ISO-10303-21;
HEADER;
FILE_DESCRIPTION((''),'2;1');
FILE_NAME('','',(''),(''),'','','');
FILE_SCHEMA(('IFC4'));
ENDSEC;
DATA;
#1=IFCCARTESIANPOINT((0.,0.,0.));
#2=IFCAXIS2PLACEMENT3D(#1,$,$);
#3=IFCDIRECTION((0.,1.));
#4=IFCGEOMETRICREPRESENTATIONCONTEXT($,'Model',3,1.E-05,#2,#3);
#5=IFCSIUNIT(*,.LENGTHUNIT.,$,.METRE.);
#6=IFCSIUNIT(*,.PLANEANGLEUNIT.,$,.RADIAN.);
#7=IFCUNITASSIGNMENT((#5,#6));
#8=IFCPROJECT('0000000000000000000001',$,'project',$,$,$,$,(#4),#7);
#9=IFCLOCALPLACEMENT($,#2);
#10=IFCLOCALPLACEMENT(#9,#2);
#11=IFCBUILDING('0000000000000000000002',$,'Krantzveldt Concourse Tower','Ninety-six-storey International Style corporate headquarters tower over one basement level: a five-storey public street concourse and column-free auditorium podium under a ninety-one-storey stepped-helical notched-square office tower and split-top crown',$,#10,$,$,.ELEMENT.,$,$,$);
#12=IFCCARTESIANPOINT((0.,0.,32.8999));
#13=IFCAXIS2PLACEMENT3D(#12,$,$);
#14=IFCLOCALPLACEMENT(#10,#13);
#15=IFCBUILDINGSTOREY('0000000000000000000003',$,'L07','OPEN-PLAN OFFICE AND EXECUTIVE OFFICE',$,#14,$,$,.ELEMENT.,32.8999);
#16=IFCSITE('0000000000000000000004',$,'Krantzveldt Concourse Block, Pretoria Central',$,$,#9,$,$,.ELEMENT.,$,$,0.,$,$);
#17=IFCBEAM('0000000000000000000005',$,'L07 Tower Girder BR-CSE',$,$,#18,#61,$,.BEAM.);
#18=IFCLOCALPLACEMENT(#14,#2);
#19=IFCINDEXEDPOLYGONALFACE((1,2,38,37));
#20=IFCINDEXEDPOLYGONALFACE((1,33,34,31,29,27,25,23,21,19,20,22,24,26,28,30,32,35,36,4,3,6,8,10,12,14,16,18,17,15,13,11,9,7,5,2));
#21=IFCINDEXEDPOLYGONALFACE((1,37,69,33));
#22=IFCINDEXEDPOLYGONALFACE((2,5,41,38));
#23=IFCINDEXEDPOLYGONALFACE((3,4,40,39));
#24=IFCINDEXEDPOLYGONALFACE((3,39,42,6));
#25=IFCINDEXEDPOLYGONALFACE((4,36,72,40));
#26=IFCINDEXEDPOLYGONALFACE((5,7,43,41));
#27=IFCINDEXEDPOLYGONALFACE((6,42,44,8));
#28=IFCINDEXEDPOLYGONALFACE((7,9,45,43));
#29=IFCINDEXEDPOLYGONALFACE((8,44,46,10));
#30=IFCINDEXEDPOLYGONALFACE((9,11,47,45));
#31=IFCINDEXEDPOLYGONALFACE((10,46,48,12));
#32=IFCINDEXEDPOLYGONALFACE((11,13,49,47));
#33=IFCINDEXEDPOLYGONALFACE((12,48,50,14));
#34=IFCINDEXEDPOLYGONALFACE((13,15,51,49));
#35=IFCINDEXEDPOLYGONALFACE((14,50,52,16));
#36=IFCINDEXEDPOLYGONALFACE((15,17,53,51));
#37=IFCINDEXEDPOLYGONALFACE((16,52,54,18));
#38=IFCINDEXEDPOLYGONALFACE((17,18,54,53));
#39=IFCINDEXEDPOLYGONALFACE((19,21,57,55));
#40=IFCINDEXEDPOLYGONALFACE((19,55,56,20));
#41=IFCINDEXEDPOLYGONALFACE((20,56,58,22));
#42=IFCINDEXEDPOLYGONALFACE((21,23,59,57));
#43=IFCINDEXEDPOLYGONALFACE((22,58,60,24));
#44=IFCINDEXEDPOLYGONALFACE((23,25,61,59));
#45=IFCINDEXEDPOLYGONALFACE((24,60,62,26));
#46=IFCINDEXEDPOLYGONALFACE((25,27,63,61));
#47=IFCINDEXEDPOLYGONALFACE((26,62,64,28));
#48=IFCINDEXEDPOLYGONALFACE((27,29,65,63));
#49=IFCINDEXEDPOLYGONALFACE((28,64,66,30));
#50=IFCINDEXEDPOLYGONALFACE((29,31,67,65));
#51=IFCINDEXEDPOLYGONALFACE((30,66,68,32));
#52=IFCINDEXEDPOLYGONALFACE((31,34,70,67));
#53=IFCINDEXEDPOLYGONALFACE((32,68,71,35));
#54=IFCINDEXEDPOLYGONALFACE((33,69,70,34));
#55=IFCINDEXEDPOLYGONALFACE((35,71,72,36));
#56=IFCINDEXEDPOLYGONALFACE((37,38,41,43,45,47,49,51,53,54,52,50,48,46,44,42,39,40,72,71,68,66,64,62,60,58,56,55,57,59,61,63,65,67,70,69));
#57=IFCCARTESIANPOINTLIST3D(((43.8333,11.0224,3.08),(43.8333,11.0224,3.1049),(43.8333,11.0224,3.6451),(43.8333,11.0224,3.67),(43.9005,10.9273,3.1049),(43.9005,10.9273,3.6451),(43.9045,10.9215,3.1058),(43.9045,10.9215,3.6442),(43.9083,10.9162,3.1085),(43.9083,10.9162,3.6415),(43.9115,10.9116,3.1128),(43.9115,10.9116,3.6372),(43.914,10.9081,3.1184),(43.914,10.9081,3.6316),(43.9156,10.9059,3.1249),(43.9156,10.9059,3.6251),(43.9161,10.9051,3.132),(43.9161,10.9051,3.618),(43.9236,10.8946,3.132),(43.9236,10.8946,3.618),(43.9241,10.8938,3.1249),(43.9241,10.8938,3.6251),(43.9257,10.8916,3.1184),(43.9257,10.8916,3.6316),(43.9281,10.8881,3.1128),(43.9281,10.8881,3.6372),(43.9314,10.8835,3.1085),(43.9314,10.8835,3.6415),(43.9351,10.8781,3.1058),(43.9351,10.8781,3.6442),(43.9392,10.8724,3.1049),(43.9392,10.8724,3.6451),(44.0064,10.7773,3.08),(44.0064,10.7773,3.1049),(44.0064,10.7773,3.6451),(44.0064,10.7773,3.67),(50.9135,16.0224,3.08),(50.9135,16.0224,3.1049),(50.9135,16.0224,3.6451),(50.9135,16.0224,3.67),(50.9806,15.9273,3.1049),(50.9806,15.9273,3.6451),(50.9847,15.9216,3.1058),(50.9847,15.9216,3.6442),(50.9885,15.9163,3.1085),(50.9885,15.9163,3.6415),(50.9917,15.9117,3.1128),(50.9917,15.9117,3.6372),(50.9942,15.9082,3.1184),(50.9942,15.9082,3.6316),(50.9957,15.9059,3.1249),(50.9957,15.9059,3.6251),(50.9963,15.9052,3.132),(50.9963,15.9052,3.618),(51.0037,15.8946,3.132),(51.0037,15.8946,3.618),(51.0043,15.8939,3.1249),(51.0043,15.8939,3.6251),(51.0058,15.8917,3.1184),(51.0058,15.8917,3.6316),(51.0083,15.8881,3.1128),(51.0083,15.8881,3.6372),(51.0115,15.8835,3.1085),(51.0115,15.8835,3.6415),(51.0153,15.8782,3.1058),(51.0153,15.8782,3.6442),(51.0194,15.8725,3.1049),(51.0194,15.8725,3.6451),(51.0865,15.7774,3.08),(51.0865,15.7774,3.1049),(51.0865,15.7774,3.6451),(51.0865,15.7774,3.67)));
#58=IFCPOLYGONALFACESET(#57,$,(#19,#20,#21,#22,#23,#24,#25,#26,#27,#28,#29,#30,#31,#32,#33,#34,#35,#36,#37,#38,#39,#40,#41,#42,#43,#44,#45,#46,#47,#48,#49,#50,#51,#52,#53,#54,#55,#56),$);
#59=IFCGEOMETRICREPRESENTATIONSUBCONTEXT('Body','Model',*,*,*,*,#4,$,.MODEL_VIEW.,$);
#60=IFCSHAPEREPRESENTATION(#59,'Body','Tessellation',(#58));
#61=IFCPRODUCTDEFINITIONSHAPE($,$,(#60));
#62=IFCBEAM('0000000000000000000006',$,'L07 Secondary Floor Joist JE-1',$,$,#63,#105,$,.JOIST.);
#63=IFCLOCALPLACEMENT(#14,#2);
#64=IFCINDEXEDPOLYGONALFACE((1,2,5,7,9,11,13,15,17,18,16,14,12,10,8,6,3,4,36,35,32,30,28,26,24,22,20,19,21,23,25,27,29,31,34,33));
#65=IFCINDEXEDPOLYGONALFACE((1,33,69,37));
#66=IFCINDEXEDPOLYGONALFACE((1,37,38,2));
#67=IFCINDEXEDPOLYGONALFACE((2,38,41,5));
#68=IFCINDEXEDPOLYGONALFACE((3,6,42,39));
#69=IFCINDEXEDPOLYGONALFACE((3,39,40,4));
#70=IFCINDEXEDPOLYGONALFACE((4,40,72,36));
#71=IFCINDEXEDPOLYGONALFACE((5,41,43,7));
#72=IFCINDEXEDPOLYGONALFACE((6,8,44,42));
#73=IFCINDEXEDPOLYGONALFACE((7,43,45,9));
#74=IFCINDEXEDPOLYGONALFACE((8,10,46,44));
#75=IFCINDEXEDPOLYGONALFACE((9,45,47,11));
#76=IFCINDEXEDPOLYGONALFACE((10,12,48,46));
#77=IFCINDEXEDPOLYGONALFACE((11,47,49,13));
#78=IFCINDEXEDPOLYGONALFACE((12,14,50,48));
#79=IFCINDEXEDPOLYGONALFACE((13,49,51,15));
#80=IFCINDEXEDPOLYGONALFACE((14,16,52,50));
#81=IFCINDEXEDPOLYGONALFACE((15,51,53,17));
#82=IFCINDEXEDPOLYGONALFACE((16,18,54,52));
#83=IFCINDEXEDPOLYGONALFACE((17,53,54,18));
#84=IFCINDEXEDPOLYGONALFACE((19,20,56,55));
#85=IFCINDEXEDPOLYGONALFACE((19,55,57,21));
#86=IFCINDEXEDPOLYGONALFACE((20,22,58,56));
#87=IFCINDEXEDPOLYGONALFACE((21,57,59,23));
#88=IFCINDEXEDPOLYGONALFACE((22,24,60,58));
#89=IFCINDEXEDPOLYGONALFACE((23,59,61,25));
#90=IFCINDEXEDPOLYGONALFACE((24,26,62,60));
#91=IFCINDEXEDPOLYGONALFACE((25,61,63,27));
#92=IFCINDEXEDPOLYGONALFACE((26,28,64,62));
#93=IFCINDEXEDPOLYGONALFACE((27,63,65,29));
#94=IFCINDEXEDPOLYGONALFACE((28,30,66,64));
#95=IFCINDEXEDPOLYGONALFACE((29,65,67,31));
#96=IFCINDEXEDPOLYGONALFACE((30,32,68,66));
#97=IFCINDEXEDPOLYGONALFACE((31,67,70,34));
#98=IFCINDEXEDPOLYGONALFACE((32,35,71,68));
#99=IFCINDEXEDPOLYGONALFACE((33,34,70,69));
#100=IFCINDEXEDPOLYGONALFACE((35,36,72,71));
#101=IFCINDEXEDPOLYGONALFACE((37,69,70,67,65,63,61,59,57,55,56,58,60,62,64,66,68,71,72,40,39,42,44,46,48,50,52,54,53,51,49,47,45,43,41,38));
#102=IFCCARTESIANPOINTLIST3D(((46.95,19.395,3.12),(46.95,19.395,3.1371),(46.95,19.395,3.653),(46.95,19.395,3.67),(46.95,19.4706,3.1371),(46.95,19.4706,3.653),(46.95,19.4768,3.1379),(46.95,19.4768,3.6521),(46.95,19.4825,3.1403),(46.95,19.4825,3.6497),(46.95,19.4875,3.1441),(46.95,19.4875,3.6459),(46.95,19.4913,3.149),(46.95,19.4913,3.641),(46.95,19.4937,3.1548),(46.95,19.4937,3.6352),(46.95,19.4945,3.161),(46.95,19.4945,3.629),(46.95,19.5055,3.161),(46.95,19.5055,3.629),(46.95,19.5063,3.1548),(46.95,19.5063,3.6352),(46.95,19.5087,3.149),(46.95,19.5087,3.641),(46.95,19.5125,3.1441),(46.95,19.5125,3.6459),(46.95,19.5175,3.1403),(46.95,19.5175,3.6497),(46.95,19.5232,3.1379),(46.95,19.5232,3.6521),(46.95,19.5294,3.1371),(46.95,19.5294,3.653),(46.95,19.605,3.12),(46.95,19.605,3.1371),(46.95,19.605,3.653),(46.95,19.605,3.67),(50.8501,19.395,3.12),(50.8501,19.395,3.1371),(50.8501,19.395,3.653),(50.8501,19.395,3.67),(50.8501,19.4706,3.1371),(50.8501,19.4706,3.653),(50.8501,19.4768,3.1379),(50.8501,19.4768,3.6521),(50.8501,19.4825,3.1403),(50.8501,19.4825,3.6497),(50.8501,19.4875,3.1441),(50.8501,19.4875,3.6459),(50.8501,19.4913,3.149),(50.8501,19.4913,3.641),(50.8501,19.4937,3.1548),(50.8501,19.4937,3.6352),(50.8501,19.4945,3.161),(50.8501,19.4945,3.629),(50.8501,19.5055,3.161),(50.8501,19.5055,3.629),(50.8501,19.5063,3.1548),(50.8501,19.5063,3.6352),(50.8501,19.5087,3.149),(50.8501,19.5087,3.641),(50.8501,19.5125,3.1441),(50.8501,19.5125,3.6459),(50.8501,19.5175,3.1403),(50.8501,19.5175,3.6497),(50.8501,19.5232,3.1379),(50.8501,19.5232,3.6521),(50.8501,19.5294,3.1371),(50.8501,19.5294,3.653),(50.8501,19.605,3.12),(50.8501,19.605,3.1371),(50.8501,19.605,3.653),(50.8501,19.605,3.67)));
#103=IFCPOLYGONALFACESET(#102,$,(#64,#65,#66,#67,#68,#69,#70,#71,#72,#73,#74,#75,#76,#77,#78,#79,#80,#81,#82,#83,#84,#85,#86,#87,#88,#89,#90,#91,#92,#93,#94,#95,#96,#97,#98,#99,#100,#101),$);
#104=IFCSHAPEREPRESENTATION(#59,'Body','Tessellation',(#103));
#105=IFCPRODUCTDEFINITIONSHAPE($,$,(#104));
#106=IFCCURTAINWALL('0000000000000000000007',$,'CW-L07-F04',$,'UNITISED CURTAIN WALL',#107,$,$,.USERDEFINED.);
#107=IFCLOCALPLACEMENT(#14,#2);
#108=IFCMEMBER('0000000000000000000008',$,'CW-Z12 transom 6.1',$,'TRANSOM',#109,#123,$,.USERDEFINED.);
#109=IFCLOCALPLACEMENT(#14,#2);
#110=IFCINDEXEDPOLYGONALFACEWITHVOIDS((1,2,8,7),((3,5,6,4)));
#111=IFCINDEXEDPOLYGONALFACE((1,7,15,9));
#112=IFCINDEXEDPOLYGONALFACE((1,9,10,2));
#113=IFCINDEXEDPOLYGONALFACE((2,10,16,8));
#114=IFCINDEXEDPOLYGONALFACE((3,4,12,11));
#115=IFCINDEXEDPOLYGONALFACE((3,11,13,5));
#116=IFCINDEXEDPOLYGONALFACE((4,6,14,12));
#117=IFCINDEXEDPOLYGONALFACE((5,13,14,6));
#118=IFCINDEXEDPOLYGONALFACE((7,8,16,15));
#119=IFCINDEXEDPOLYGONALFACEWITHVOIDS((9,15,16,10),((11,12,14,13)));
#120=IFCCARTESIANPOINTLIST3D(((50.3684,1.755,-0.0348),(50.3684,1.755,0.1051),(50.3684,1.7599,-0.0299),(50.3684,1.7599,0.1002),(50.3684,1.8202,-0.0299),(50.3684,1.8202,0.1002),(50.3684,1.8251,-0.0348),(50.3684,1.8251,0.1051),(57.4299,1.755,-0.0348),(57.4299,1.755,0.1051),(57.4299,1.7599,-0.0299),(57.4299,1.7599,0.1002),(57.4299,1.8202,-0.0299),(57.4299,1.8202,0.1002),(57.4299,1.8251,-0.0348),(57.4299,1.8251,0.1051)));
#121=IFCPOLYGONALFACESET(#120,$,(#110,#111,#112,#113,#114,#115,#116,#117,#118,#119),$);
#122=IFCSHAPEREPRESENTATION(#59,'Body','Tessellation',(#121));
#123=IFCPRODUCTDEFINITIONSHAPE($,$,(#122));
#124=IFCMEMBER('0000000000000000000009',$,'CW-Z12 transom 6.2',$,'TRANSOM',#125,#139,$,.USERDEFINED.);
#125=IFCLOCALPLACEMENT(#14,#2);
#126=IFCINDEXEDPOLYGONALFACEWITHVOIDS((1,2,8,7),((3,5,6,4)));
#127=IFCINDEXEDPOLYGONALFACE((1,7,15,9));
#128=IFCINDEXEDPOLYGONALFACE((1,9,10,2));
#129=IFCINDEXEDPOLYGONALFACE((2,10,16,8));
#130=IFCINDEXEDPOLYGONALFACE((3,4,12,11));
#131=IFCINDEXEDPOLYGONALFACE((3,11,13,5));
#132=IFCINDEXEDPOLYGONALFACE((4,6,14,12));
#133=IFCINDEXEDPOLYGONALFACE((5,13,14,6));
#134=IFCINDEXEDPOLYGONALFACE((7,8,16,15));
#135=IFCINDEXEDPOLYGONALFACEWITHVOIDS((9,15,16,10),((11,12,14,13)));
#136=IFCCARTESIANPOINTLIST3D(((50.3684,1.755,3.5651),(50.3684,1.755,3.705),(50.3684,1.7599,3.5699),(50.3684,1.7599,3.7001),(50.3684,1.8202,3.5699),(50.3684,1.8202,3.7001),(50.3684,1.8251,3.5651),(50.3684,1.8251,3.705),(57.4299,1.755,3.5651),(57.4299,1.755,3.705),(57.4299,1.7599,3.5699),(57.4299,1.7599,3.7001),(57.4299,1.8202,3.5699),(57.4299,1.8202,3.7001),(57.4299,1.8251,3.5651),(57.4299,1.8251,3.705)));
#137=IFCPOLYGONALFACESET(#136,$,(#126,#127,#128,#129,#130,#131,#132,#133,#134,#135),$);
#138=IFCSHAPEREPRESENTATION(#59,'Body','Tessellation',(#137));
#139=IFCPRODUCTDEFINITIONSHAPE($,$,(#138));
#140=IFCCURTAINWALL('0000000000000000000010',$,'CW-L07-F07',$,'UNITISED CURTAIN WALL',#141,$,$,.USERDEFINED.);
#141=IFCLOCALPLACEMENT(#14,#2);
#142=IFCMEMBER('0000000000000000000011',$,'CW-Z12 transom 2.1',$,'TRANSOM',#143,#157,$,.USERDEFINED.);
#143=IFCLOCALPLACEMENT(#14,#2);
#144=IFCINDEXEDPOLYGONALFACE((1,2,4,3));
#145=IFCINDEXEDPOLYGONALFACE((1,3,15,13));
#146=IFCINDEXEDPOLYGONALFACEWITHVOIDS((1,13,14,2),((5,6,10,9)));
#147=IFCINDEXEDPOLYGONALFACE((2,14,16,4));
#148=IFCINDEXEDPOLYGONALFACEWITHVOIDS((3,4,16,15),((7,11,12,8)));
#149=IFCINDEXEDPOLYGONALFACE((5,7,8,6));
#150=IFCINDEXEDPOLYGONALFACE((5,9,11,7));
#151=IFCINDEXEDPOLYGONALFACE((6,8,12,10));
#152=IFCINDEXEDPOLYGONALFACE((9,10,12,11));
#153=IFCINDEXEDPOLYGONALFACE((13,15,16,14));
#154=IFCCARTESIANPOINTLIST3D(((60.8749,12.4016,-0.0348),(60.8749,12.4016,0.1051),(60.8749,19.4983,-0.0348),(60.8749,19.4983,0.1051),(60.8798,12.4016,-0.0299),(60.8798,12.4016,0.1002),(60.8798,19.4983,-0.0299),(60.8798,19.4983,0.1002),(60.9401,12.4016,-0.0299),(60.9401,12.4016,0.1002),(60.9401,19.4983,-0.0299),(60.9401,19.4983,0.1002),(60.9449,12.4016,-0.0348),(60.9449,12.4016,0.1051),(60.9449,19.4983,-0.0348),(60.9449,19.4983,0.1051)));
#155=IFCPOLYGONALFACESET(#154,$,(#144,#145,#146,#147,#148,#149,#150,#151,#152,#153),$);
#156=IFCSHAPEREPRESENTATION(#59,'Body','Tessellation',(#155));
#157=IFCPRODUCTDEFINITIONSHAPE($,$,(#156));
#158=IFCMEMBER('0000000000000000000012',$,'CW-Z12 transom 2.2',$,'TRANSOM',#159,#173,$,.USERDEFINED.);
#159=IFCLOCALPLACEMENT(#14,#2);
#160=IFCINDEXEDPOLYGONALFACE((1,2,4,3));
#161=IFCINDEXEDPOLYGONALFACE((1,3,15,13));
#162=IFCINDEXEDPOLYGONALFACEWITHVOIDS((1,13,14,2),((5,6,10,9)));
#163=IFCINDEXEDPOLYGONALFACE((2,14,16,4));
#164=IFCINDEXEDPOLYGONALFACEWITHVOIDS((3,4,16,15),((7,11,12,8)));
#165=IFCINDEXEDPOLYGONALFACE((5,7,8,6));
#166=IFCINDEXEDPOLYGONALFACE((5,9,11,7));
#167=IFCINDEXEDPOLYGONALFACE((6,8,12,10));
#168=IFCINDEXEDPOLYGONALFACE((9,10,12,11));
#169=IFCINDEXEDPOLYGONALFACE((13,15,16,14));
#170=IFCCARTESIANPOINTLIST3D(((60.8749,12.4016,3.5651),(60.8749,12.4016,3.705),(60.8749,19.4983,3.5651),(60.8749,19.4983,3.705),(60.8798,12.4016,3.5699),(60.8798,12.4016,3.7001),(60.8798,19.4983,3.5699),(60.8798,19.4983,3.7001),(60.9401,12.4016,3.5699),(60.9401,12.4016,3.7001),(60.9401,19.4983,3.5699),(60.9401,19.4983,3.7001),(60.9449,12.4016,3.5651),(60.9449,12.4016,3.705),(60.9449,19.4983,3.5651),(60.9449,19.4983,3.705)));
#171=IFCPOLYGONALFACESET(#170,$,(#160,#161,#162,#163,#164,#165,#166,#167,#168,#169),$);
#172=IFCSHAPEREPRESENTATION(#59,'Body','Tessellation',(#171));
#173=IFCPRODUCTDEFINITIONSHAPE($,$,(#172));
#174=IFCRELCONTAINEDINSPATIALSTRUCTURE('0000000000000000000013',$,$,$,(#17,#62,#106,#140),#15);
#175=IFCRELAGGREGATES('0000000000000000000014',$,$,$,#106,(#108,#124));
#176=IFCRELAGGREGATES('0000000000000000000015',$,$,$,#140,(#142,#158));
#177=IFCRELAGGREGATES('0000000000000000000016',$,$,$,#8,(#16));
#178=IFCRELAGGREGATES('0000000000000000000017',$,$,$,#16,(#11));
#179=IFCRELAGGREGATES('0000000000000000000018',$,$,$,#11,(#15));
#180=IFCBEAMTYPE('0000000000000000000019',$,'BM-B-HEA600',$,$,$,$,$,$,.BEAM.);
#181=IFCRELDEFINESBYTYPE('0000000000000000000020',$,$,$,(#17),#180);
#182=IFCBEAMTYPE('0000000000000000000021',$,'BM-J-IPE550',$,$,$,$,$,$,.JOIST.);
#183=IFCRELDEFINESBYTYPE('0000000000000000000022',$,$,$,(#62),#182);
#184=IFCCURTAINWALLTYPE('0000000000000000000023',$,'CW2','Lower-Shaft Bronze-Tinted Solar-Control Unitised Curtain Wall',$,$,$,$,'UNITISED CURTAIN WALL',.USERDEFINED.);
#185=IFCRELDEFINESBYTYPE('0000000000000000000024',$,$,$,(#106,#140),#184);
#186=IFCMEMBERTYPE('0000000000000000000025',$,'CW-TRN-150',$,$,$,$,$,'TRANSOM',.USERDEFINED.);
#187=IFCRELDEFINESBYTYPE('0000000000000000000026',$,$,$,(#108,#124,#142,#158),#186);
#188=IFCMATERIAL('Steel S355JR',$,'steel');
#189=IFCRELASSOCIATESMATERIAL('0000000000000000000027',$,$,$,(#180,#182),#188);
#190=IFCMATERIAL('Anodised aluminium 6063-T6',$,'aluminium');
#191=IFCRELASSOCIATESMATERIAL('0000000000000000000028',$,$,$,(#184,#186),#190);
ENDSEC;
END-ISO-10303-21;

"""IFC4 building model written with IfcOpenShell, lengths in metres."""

from ifc_helpers import new_model, si_unit, direction, frame, origin, origin_2d, place, context, subcontext, project, spatial, hollow_rectangle, i_section, extrude, source, transform, mapped, material, material_profile, profile_set, type_object, type_shapes, element, aggregate, save


model = new_model("IFC4")

# Units and contexts
model_context = context("Model", 3, precision=1e-05, world=origin(), true_north=direction((0.0, 1.0)))
body_context = subcontext(model_context, "Body", "Model", "MODEL_VIEW")
ifc_project = project(units=[si_unit("LENGTHUNIT", "METRE"), si_unit("PLANEANGLEUNIT", "RADIAN")], contexts=[model_context])

# Site, building, storey
site_placement = place(None, origin())
site = spatial("IfcSite", under=ifc_project, at=site_placement, Name="Krantzveldt Concourse Block, Pretoria Central", CompositionType="ELEMENT", RefElevation=0.0)
building_placement = place(site_placement, origin())
building = spatial("IfcBuilding", under=site, at=building_placement, Name="Krantzveldt Concourse Tower", Description="Ninety-six-storey International Style corporate headquarters tower over one basement level: a five-storey public street concourse and column-free auditorium podium under a ninety-one-storey stepped-helical notched-square office tower and split-top crown", CompositionType="ELEMENT")
storey_placement = place(building_placement, frame((0.0, 0.0, 32.8999)))
storey = spatial("IfcBuildingStorey", under=building, at=storey_placement, Name="L07", Description="OPEN-PLAN OFFICE AND EXECUTIVE OFFICE", CompositionType="ELEMENT", Elevation=32.8999)

# Beams
ifc_material_1 = material(Name="Steel S355JR", Category="steel")
ifc_material_profile_1 = material_profile(ifc_material_1, i_section(OverallWidth=0.3, OverallDepth=0.5901, WebThickness=0.0129, FlangeThickness=0.0249, FilletRadius=0.0271, at=origin_2d()), Name="Steel S355JR", Category="steel")
ifc_profile_set_1 = profile_set([ifc_material_profile_1], Name="Steel S355JR - HEA 600")
beam_type_1 = type_object("IfcBeamType", Name="BM-B-HEA600", PredefinedType="BEAM", material=ifc_profile_set_1)
shared_shape_1 = source(origin(), body_context, "Body", "SweptSolid", [
    extrude(i_section(OverallWidth=0.3, OverallDepth=0.5901, WebThickness=0.0129, FlangeThickness=0.0249, FilletRadius=0.0271, at=origin_2d()), origin(), (0.0, 0.0, 1.0), 8.6677),
])
beam_1_placement = place(storey_placement, frame((51.0, 15.8999, 3.375), z_axis=(-0.816843, -0.57686, 0.0), x_axis=(0.57686, -0.816843, 0.0)))
element("IfcBeam", 1, at=beam_1_placement, inside=storey, type_object=beam_type_1, Name="L07 Tower Girder BR-CSE", PredefinedType="BEAM", context=body_context, shape_type="MappedRepresentation", body=[
    mapped(shared_shape_1, transform((0.0, 0.0, 0.0), x_axis=(1.0, 0.0, 0.0), y_axis=(0.0, 1.0, 0.0), z_axis=(0.0, 0.0, 1.0), scale=1.0)),
])
ifc_material_profile_2 = material_profile(ifc_material_1, i_section(OverallWidth=0.21, OverallDepth=0.55, WebThickness=0.011, FlangeThickness=0.0171, FilletRadius=0.0239, at=origin_2d()), Name="Steel S355JR", Category="steel")
ifc_profile_set_2 = profile_set([ifc_material_profile_2], Name="Steel S355JR - IPE 550")
beam_type_2 = type_object("IfcBeamType", Name="BM-J-IPE550", PredefinedType="JOIST", material=ifc_profile_set_2)
shared_shape_2 = source(origin(), body_context, "Body", "SweptSolid", [
    extrude(i_section(OverallWidth=0.21, OverallDepth=0.55, WebThickness=0.011, FlangeThickness=0.0171, FilletRadius=0.0239, at=origin_2d()), origin(), (0.0, 0.0, 1.0), 3.9001),
])
type_shapes(beam_type_2, [shared_shape_2])
beam_2_placement = place(storey_placement, frame((46.95, 19.5, 3.395), z_axis=(1.0, 0.0, 0.0), x_axis=(0.0, 1.0, 0.0)))
element("IfcBeam", 2, at=beam_2_placement, inside=storey, type_object=beam_type_2, Name="L07 Secondary Floor Joist JE-1", PredefinedType="JOIST", context=body_context, shape_type="MappedRepresentation", body=[
    mapped(shared_shape_2, transform((0.0, 0.0, 0.0), x_axis=(1.0, 0.0, 0.0), y_axis=(0.0, 1.0, 0.0), z_axis=(0.0, 0.0, 1.0), scale=1.0)),
])

# Curtain walls, members
ifc_material_2 = material(Name="Anodised aluminium 6063-T6", Category="aluminium")
curtain_wall_type = type_object("IfcCurtainWallType", Name="CW2", Description="Lower-Shaft Bronze-Tinted Solar-Control Unitised Curtain Wall", ElementType="UNITISED CURTAIN WALL", PredefinedType="USERDEFINED", material=ifc_material_2)
curtain_wall_1_placement = place(storey_placement, origin())
curtain_wall_1 = element("IfcCurtainWall", 3, at=curtain_wall_1_placement, inside=storey, type_object=curtain_wall_type, Name="CW-L07-F04", ObjectType="UNITISED CURTAIN WALL", PredefinedType="USERDEFINED")
ifc_material_profile_3 = material_profile(ifc_material_2, hollow_rectangle(XDim=0.0701, YDim=0.1399, WallThickness=0.0049, at=origin_2d()), Name="Anodised aluminium 6063-T6", Category="aluminium")
ifc_profile_set_3 = profile_set([ifc_material_profile_3], Name="Anodised aluminium 6063-T6 - ALU-TRAN 140x70x5")
member_type_1 = type_object("IfcMemberType", Name="CW-TRN-150", ElementType="TRANSOM", PredefinedType="USERDEFINED", material=ifc_profile_set_3)
shared_shape_3 = source(origin(), body_context, "Body", "SweptSolid", [
    extrude(hollow_rectangle(XDim=0.0701, YDim=0.1399, WallThickness=0.0049, at=origin_2d()), origin(), (0.0, 0.0, 1.0), 7.0615),
])
member_1_placement = place(storey_placement, frame((50.3684, 1.79, 0.0352), z_axis=(1.0, 0.0, 0.0), x_axis=(0.0, 1.0, 0.0)))
member_1 = element("IfcMember", 4, at=member_1_placement, type_object=member_type_1, Name="CW-Z12 transom 6.1", ObjectType="TRANSOM", PredefinedType="USERDEFINED", context=body_context, shape_type="MappedRepresentation", body=[
    mapped(shared_shape_3, transform((0.0, 0.0, 0.0), x_axis=(1.0, 0.0, 0.0), y_axis=(0.0, 1.0, 0.0), z_axis=(0.0, 0.0, 1.0), scale=1.0)),
])
member_2_placement = place(storey_placement, frame((50.3684, 1.79, 3.635), z_axis=(1.0, 0.0, 0.0), x_axis=(0.0, 1.0, 0.0)))
member_2 = element("IfcMember", 5, at=member_2_placement, type_object=member_type_1, Name="CW-Z12 transom 6.2", ObjectType="TRANSOM", PredefinedType="USERDEFINED", context=body_context, shape_type="MappedRepresentation", body=[
    mapped(shared_shape_3, transform((0.0, 0.0, 0.0), x_axis=(1.0, 0.0, 0.0), y_axis=(0.0, 1.0, 0.0), z_axis=(0.0, 0.0, 1.0), scale=1.0)),
])
curtain_wall_2_placement = place(storey_placement, origin())
curtain_wall_2 = element("IfcCurtainWall", 6, at=curtain_wall_2_placement, inside=storey, type_object=curtain_wall_type, Name="CW-L07-F07", ObjectType="UNITISED CURTAIN WALL", PredefinedType="USERDEFINED")
shared_shape_4 = source(origin(), body_context, "Body", "SweptSolid", [
    extrude(hollow_rectangle(XDim=0.0701, YDim=0.1399, WallThickness=0.0049, at=origin_2d()), origin(), (0.0, 0.0, 1.0), 7.0967),
])
member_3_placement = place(storey_placement, frame((60.9099, 12.4016, 0.0352), z_axis=(0.0, 1.0, 0.0), x_axis=(-1.0, 0.0, 0.0)))
member_3 = element("IfcMember", 7, at=member_3_placement, type_object=member_type_1, Name="CW-Z12 transom 2.1", ObjectType="TRANSOM", PredefinedType="USERDEFINED", context=body_context, shape_type="MappedRepresentation", body=[
    mapped(shared_shape_4, transform((0.0, 0.0, 0.0), x_axis=(1.0, 0.0, 0.0), y_axis=(0.0, 1.0, 0.0), z_axis=(0.0, 0.0, 1.0), scale=1.0)),
])
member_4_placement = place(storey_placement, frame((60.9099, 12.4016, 3.635), z_axis=(0.0, 1.0, 0.0), x_axis=(-1.0, 0.0, 0.0)))
member_4 = element("IfcMember", 8, at=member_4_placement, type_object=member_type_1, Name="CW-Z12 transom 2.2", ObjectType="TRANSOM", PredefinedType="USERDEFINED", context=body_context, shape_type="MappedRepresentation", body=[
    mapped(shared_shape_4, transform((0.0, 0.0, 0.0), x_axis=(1.0, 0.0, 0.0), y_axis=(0.0, 1.0, 0.0), z_axis=(0.0, 0.0, 1.0), scale=1.0)),
])

aggregate(curtain_wall_1, [member_1, member_2])
aggregate(curtain_wall_2, [member_3, member_4])

save(model, "model.ifc")
